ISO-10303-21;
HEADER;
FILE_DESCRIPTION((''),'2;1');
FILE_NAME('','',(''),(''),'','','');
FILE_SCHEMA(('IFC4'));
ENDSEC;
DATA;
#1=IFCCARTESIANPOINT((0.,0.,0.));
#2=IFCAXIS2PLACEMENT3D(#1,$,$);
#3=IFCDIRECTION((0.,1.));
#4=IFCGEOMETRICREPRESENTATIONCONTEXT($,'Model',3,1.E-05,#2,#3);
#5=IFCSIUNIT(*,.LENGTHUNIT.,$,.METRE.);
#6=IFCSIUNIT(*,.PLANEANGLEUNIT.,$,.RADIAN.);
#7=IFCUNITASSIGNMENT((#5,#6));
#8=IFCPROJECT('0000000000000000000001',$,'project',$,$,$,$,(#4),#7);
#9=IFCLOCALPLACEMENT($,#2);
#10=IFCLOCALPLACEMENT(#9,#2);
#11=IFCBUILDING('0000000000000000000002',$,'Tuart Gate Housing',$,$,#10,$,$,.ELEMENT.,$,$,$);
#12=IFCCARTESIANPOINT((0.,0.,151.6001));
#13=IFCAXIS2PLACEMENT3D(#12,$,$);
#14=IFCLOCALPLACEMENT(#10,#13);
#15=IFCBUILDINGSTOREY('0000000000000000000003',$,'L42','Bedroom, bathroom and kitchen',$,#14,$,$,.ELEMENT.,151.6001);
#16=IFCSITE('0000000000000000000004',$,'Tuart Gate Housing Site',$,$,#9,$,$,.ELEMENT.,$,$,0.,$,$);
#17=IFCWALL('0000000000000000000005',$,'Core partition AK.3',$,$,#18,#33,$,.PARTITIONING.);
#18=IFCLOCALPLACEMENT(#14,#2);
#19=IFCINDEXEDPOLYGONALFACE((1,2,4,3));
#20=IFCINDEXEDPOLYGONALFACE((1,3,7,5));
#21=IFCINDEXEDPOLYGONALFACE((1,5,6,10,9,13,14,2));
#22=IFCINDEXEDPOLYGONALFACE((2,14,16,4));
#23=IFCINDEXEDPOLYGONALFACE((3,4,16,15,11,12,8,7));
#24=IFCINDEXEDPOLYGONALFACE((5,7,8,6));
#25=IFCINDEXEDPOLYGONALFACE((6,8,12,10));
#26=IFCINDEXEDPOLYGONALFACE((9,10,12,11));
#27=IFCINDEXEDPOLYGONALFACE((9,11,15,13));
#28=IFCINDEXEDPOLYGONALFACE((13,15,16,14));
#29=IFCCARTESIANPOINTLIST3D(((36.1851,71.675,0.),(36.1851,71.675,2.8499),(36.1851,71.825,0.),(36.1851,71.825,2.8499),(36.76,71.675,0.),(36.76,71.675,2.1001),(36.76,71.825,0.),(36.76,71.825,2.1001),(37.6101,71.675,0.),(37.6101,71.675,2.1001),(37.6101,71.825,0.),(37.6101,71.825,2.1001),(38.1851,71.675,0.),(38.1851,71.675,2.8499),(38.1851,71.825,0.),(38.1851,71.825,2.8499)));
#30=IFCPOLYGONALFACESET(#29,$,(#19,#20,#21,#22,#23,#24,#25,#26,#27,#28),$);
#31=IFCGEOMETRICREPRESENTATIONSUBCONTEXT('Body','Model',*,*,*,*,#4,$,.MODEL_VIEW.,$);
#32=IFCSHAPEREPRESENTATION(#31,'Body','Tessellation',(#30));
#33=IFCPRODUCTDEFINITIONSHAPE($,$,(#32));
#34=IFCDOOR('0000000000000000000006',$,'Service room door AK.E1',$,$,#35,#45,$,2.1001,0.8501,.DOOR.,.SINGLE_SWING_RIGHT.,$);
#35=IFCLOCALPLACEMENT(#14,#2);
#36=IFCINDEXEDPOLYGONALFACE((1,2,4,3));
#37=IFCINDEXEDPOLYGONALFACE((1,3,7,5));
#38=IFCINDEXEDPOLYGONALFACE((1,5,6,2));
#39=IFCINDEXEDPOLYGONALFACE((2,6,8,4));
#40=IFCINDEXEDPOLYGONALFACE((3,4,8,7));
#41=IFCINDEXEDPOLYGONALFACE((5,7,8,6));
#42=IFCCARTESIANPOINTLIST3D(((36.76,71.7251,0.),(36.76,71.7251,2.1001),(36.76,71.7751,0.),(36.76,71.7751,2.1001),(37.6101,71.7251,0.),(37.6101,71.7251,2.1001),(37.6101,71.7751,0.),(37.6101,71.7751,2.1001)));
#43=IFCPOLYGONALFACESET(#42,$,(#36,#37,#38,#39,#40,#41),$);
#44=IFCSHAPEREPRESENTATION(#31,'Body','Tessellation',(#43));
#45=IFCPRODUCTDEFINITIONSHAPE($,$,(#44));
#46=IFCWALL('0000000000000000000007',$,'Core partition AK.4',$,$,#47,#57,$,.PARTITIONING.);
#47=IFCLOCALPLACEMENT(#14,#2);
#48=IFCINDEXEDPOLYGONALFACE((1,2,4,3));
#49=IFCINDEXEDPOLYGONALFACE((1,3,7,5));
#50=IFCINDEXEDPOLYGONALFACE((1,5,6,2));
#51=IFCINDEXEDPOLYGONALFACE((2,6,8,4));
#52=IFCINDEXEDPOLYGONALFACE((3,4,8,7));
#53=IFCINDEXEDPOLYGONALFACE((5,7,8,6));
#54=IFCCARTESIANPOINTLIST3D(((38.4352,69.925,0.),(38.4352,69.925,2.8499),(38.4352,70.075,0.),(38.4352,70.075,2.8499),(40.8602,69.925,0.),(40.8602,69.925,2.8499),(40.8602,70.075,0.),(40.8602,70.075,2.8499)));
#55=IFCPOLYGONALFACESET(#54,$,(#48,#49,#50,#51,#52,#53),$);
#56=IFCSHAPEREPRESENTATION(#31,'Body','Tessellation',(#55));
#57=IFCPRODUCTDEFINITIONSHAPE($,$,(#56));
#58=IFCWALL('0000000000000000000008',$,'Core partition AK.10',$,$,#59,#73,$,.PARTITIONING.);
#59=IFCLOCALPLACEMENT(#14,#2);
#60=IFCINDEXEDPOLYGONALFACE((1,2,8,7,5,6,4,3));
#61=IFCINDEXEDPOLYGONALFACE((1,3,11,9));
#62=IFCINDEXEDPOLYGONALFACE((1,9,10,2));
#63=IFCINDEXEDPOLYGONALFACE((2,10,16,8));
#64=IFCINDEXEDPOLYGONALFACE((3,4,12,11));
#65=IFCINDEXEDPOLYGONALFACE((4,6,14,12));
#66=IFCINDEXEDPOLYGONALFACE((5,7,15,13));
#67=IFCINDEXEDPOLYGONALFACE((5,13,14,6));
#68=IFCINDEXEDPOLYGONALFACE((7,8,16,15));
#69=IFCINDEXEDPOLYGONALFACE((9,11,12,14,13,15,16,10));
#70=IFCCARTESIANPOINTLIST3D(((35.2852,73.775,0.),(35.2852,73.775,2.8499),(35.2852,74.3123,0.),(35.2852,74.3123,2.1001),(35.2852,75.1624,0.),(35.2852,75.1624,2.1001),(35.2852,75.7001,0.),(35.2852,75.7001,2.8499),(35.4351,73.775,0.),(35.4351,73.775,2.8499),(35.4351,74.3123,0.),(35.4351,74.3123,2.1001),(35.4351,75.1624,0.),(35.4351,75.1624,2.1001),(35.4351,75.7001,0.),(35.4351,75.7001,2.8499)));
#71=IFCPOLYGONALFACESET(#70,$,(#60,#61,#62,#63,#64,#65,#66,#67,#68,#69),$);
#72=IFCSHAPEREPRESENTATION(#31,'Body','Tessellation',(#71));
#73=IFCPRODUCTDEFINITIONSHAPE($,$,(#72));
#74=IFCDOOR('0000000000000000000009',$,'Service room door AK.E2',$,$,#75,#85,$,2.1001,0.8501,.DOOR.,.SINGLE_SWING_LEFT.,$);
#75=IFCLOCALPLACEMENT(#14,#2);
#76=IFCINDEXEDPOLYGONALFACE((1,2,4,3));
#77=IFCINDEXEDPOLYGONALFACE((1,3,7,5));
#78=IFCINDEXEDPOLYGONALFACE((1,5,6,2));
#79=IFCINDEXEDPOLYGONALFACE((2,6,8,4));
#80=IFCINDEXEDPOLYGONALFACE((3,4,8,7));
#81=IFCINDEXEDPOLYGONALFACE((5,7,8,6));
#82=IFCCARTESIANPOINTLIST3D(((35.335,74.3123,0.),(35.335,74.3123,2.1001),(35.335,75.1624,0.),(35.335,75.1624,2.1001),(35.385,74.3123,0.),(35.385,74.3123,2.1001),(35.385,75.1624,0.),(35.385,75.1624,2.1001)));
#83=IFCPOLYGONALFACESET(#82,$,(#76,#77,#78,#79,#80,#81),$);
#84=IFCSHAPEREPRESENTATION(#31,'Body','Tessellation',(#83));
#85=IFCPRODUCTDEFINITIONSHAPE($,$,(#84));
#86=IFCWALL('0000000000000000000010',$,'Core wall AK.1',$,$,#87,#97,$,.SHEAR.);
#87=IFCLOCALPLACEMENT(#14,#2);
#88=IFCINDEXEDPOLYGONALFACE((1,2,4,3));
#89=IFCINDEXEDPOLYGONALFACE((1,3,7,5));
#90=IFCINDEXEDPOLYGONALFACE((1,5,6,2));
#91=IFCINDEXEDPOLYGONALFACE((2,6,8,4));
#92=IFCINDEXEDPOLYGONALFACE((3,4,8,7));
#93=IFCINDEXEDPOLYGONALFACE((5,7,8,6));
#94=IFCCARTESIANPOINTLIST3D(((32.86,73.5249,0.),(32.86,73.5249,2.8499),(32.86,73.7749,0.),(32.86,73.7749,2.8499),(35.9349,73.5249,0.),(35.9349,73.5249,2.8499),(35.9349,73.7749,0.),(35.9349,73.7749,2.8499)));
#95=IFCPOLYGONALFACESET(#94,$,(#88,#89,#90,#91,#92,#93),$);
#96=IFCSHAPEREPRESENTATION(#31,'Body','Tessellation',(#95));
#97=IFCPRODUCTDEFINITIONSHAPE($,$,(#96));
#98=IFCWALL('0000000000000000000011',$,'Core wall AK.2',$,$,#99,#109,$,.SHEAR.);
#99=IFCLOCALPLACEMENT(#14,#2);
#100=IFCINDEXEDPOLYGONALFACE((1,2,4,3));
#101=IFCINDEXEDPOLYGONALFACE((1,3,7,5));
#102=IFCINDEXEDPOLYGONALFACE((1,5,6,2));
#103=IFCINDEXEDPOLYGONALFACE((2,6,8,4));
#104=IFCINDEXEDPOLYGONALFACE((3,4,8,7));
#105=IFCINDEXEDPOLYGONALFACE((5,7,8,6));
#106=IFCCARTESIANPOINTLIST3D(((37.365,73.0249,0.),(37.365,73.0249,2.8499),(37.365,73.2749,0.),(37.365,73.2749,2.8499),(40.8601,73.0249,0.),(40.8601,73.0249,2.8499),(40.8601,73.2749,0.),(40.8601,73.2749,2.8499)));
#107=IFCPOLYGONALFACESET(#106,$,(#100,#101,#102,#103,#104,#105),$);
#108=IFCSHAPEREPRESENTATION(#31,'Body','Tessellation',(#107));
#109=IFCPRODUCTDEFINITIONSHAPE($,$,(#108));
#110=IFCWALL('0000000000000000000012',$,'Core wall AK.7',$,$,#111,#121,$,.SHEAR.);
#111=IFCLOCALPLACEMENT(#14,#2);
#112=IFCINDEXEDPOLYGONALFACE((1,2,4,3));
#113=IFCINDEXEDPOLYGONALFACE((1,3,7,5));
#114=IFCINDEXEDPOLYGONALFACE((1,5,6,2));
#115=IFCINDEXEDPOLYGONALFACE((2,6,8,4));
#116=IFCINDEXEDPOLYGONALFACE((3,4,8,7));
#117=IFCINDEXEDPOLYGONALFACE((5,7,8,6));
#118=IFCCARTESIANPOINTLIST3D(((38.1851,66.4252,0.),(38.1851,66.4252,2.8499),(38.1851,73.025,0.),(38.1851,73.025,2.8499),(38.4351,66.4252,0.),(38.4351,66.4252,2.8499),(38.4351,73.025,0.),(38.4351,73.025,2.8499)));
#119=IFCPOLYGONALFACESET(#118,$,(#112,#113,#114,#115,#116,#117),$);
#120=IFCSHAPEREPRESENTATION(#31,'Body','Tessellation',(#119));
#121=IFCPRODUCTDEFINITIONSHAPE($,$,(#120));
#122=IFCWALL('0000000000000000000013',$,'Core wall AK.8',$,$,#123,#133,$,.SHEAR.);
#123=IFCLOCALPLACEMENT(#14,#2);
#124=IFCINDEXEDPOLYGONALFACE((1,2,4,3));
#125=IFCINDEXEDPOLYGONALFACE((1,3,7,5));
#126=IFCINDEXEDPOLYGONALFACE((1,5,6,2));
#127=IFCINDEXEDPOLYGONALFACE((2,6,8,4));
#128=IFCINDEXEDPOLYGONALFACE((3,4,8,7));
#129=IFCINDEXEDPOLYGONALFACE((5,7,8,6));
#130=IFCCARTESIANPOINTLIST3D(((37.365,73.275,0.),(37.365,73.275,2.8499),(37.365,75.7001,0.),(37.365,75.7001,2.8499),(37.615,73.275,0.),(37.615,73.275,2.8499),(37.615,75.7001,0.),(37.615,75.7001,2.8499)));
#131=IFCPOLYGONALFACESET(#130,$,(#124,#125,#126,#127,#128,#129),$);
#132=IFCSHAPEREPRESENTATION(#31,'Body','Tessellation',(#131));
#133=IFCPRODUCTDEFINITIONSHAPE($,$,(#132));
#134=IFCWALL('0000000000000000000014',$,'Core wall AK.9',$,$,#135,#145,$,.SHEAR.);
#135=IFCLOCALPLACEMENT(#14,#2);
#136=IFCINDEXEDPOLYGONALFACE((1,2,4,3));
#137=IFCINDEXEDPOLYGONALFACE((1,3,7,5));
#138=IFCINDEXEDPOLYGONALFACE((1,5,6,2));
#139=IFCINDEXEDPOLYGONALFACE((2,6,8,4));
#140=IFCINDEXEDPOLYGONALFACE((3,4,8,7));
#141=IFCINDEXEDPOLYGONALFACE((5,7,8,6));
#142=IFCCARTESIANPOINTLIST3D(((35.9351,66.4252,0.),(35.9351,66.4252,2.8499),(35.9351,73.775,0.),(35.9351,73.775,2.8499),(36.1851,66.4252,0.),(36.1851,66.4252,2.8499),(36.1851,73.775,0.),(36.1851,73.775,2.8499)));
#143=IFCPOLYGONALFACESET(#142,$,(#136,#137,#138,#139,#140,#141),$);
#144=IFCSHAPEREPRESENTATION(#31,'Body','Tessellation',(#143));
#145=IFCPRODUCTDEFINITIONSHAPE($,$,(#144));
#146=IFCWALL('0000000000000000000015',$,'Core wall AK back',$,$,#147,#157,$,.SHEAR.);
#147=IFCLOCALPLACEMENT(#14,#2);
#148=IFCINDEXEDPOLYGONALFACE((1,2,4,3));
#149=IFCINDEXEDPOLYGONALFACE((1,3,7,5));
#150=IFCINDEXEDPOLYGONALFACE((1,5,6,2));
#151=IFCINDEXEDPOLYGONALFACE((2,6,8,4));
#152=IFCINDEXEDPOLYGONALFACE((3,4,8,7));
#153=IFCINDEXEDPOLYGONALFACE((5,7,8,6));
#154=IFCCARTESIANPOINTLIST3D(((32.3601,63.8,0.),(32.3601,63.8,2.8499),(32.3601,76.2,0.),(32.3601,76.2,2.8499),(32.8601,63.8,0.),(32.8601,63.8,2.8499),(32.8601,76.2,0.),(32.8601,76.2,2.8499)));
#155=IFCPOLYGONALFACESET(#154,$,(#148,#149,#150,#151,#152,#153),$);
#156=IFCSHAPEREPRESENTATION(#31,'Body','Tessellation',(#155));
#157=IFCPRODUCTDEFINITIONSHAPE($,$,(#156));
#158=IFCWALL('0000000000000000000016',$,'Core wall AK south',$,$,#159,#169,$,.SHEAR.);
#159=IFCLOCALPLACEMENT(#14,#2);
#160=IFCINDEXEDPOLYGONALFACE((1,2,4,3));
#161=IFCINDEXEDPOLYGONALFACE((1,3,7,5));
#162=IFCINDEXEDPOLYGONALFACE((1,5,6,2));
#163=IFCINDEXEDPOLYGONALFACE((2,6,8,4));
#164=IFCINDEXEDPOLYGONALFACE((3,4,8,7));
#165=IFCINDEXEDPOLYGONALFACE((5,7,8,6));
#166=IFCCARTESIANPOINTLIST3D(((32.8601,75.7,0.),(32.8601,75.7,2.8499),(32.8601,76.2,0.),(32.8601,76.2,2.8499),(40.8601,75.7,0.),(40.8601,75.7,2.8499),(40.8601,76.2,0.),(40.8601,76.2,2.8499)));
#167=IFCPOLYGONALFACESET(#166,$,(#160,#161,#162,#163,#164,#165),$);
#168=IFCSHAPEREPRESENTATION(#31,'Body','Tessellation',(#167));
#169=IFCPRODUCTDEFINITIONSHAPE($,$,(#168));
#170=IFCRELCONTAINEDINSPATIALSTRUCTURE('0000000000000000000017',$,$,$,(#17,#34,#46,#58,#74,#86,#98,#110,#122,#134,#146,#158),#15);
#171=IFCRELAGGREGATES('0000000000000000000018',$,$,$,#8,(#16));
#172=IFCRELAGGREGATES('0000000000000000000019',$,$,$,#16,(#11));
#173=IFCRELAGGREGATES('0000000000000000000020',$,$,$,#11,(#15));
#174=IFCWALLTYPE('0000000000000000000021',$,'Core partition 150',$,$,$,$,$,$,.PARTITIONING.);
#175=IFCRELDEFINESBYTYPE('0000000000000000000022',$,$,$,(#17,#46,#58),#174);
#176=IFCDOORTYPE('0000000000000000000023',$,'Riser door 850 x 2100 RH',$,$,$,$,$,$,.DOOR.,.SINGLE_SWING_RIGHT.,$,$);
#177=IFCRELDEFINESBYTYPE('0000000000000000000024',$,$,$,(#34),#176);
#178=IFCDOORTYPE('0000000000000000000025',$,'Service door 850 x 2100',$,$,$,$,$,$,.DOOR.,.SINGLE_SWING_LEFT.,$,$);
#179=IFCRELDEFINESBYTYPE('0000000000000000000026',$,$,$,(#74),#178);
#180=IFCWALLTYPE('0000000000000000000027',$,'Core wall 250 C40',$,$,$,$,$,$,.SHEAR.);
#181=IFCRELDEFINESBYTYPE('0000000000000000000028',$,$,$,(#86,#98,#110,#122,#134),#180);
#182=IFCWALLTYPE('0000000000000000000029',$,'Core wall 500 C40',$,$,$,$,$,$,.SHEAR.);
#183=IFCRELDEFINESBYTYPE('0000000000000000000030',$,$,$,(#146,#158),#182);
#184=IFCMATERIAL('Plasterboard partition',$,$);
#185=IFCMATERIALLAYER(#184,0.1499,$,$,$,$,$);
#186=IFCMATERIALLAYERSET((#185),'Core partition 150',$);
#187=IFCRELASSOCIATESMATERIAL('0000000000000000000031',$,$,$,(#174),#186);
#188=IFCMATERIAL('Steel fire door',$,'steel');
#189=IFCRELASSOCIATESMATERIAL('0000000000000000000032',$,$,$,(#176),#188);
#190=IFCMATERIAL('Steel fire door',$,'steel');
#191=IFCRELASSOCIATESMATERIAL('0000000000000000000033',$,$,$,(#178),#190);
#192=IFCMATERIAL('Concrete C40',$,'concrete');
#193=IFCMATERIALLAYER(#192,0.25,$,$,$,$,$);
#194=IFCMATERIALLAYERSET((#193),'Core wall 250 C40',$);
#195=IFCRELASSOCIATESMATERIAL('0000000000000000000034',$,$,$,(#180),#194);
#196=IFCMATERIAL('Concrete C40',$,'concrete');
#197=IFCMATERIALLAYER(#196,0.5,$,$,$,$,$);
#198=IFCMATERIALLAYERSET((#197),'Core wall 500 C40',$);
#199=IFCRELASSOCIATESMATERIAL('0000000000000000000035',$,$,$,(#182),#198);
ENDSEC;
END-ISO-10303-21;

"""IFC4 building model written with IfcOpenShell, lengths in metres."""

from ifc_helpers import new_model, si_unit, direction, frame, frame_2d, origin, place, context, subcontext, project, spatial, rectangle, extrude, material, layer, layer_set, type_object, element, fill, save


model = new_model("IFC4")

# Units and contexts
model_context = context("Model", 3, precision=1e-05, world=origin(), true_north=direction((0.0, 1.0)))
body_context = subcontext(model_context, "Body", "Model", "MODEL_VIEW")
ifc_project = project(units=[si_unit("LENGTHUNIT", "METRE"), si_unit("PLANEANGLEUNIT", "RADIAN")], contexts=[model_context])

# Site, building, storey
site_placement = place(None, origin())
site = spatial("IfcSite", under=ifc_project, at=site_placement, Name="Tuart Gate Housing Site", CompositionType="ELEMENT", RefElevation=0.0)
building_placement = place(site_placement, origin())
building = spatial("IfcBuilding", under=site, at=building_placement, Name="Tuart Gate Housing", CompositionType="ELEMENT")
storey_placement = place(building_placement, frame((0.0, 0.0, 151.6001)))
storey = spatial("IfcBuildingStorey", under=building, at=storey_placement, Name="L42", Description="Bedroom, bathroom and kitchen", CompositionType="ELEMENT", Elevation=151.6001)

# Wall, opening, door
ifc_material_1 = material(Name="Plasterboard partition")
ifc_layer_1 = layer(ifc_material_1, 0.1499)
ifc_layer_set_1 = layer_set([ifc_layer_1], Name="Core partition 150")
wall_type_1 = type_object("IfcWallType", Name="Core partition 150", PredefinedType="PARTITIONING", material=ifc_layer_set_1)
wall_1_placement = place(storey_placement, frame((38.1851, 71.75, 0.0), z_axis=(0.0, 0.0, 1.0), x_axis=(-1.0, 0.0, 0.0)))
wall_1 = element("IfcWall", 1, at=wall_1_placement, inside=storey, type_object=wall_type_1, Name="Core partition AK.3", PredefinedType="PARTITIONING", context=body_context, shape_type="SweptSolid", body=[
    extrude(rectangle(XDim=2.0, YDim=0.1499, at=frame_2d((1.0, 0.0))), origin(), (0.0, 0.0, 1.0), 2.8499),
])
opening_1_placement = place(wall_1_placement, frame((0.575, 0.0, 0.0)))
opening_1 = element("IfcOpeningElement", 2, at=opening_1_placement, cuts=wall_1, PredefinedType="OPENING", context=body_context, shape_type="SweptSolid", body=[
    extrude(rectangle(XDim=0.8501, YDim=2.1001, at=frame_2d((0.425, 1.05))), frame((0.0, 0.085, 0.0), z_axis=(0.0, -1.0, 0.0), x_axis=(1.0, 0.0, 0.0)), (0.0, 0.0, 1.0), 0.1699),
])
ifc_material_2 = material(Name="Steel fire door", Category="steel")
door_type_1 = type_object("IfcDoorType", Name="Riser door 850 x 2100 RH", OperationType="SINGLE_SWING_RIGHT", PredefinedType="DOOR", material=ifc_material_2)
door_1_placement = place(opening_1_placement, frame((0.8501, 0.0, 0.0), z_axis=(0.0, 0.0, 1.0), x_axis=(-1.0, 0.0, 0.0)))
door_1 = element("IfcDoor", 3, at=door_1_placement, inside=storey, type_object=door_type_1, Name="Service room door AK.E1", OperationType="SINGLE_SWING_RIGHT", OverallHeight=2.1001, OverallWidth=0.8501, PredefinedType="DOOR", context=body_context, shape_type="SweptSolid", body=[
    extrude(rectangle(XDim=0.8501, YDim=2.1001, at=frame_2d((0.425, 1.05))), frame((0.0, 0.0251, 0.0), z_axis=(0.0, -1.0, 0.0), x_axis=(1.0, 0.0, 0.0)), (0.0, 0.0, 1.0), 0.05),
])
fill(opening_1, door_1)

# Wall
wall_2_placement = place(storey_placement, frame((40.8601, 70.0, 0.0), z_axis=(0.0, 0.0, 1.0), x_axis=(-1.0, 0.0, 0.0)))
element("IfcWall", 4, at=wall_2_placement, inside=storey, type_object=wall_type_1, Name="Core partition AK.4", PredefinedType="PARTITIONING", context=body_context, shape_type="SweptSolid", body=[
    extrude(rectangle(XDim=2.425, YDim=0.1499, at=frame_2d((1.2124, 0.0))), origin(), (0.0, 0.0, 1.0), 2.8499),
])

# Wall, opening, door
wall_3_placement = place(storey_placement, frame((35.3601, 75.7, 0.0), z_axis=(0.0, 0.0, 1.0), x_axis=(0.0, -1.0, 0.0)))
wall_3 = element("IfcWall", 5, at=wall_3_placement, inside=storey, type_object=wall_type_1, Name="Core partition AK.10", PredefinedType="PARTITIONING", context=body_context, shape_type="SweptSolid", body=[
    extrude(rectangle(XDim=1.925, YDim=0.1499, at=frame_2d((0.9624, 0.0))), origin(), (0.0, 0.0, 1.0), 2.8499),
])
opening_2_placement = place(wall_3_placement, frame((0.5376, 0.0, 0.0)))
opening_2 = element("IfcOpeningElement", 6, at=opening_2_placement, cuts=wall_3, PredefinedType="OPENING", context=body_context, shape_type="SweptSolid", body=[
    extrude(rectangle(XDim=0.8501, YDim=2.1001, at=frame_2d((0.425, 1.05))), frame((0.0, 0.085, 0.0), z_axis=(0.0, -1.0, 0.0), x_axis=(1.0, 0.0, 0.0)), (0.0, 0.0, 1.0), 0.1699),
])
ifc_material_3 = material(Name="Steel fire door", Category="steel")
door_type_2 = type_object("IfcDoorType", Name="Service door 850 x 2100", OperationType="SINGLE_SWING_LEFT", PredefinedType="DOOR", material=ifc_material_3)
door_2_placement = place(opening_2_placement, origin())
door_2 = element("IfcDoor", 7, at=door_2_placement, inside=storey, type_object=door_type_2, Name="Service room door AK.E2", OperationType="SINGLE_SWING_LEFT", OverallHeight=2.1001, OverallWidth=0.8501, PredefinedType="DOOR", context=body_context, shape_type="SweptSolid", body=[
    extrude(rectangle(XDim=0.8501, YDim=2.1001, at=frame_2d((0.425, 1.05))), frame((0.0, 0.0249, 0.0), z_axis=(0.0, -1.0, 0.0), x_axis=(1.0, 0.0, 0.0)), (0.0, 0.0, 1.0), 0.05),
])
fill(opening_2, door_2)

# Walls
ifc_material_4 = material(Name="Concrete C40", Category="concrete")
ifc_layer_2 = layer(ifc_material_4, 0.25)
ifc_layer_set_2 = layer_set([ifc_layer_2], Name="Core wall 250 C40")
wall_type_2 = type_object("IfcWallType", Name="Core wall 250 C40", PredefinedType="SHEAR", material=ifc_layer_set_2)
wall_4_placement = place(storey_placement, frame((35.9351, 73.6499, 0.0), z_axis=(0.0, 0.0, 1.0), x_axis=(-1.0, 0.0, 0.0)))
element("IfcWall", 8, at=wall_4_placement, inside=storey, type_object=wall_type_2, Name="Core wall AK.1", PredefinedType="SHEAR", context=body_context, shape_type="SweptSolid", body=[
    extrude(rectangle(XDim=3.075, YDim=0.25, at=frame_2d((1.5376, 0.0))), origin(), (0.0, 0.0, 1.0), 2.8499),
])
wall_5_placement = place(storey_placement, frame((40.8601, 73.1499, 0.0), z_axis=(0.0, 0.0, 1.0), x_axis=(-1.0, 0.0, 0.0)))
element("IfcWall", 9, at=wall_5_placement, inside=storey, type_object=wall_type_2, Name="Core wall AK.2", PredefinedType="SHEAR", context=body_context, shape_type="SweptSolid", body=[
    extrude(rectangle(XDim=3.4951, YDim=0.25, at=frame_2d((1.7476, 0.0))), origin(), (0.0, 0.0, 1.0), 2.8499),
])
wall_6_placement = place(storey_placement, frame((38.3101, 73.0249, 0.0), z_axis=(0.0, 0.0, 1.0), x_axis=(0.0, -1.0, 0.0)))
element("IfcWall", 10, at=wall_6_placement, inside=storey, type_object=wall_type_2, Name="Core wall AK.7", PredefinedType="SHEAR", context=body_context, shape_type="SweptSolid", body=[
    extrude(rectangle(XDim=6.5999, YDim=0.25, at=frame_2d((3.2998, 0.0))), origin(), (0.0, 0.0, 1.0), 2.8499),
])
wall_7_placement = place(storey_placement, frame((37.49, 75.7, 0.0), z_axis=(0.0, 0.0, 1.0), x_axis=(0.0, -1.0, 0.0)))
element("IfcWall", 11, at=wall_7_placement, inside=storey, type_object=wall_type_2, Name="Core wall AK.8", PredefinedType="SHEAR", context=body_context, shape_type="SweptSolid", body=[
    extrude(rectangle(XDim=2.425, YDim=0.25, at=frame_2d((1.2124, 0.0))), origin(), (0.0, 0.0, 1.0), 2.8499),
])
wall_8_placement = place(storey_placement, frame((36.0601, 73.7749, 0.0), z_axis=(0.0, 0.0, 1.0), x_axis=(0.0, -1.0, 0.0)))
element("IfcWall", 12, at=wall_8_placement, inside=storey, type_object=wall_type_2, Name="Core wall AK.9", PredefinedType="SHEAR", context=body_context, shape_type="SweptSolid", body=[
    extrude(rectangle(XDim=7.3499, YDim=0.25, at=frame_2d((3.6748, 0.0))), origin(), (0.0, 0.0, 1.0), 2.8499),
])
ifc_material_5 = material(Name="Concrete C40", Category="concrete")
ifc_layer_3 = layer(ifc_material_5, 0.5)
ifc_layer_set_3 = layer_set([ifc_layer_3], Name="Core wall 500 C40")
wall_type_3 = type_object("IfcWallType", Name="Core wall 500 C40", PredefinedType="SHEAR", material=ifc_layer_set_3)
wall_9_placement = place(storey_placement, frame((32.6101, 76.2, 0.0), z_axis=(0.0, 0.0, 1.0), x_axis=(0.0, -1.0, 0.0)))
element("IfcWall", 13, at=wall_9_placement, inside=storey, type_object=wall_type_3, Name="Core wall AK back", PredefinedType="SHEAR", context=body_context, shape_type="SweptSolid", body=[
    extrude(rectangle(XDim=12.3999, YDim=0.5, at=frame_2d((6.2, 0.0))), origin(), (0.0, 0.0, 1.0), 2.8499),
])
wall_10_placement = place(storey_placement, frame((40.8601, 75.95, 0.0), z_axis=(0.0, 0.0, 1.0), x_axis=(-1.0, 0.0, 0.0)))
element("IfcWall", 14, at=wall_10_placement, inside=storey, type_object=wall_type_3, Name="Core wall AK south", PredefinedType="SHEAR", context=body_context, shape_type="SweptSolid", body=[
    extrude(rectangle(XDim=8.0, YDim=0.5, at=frame_2d((4.0, 0.0))), origin(), (0.0, 0.0, 1.0), 2.8499),
])

save(model, "model.ifc")
